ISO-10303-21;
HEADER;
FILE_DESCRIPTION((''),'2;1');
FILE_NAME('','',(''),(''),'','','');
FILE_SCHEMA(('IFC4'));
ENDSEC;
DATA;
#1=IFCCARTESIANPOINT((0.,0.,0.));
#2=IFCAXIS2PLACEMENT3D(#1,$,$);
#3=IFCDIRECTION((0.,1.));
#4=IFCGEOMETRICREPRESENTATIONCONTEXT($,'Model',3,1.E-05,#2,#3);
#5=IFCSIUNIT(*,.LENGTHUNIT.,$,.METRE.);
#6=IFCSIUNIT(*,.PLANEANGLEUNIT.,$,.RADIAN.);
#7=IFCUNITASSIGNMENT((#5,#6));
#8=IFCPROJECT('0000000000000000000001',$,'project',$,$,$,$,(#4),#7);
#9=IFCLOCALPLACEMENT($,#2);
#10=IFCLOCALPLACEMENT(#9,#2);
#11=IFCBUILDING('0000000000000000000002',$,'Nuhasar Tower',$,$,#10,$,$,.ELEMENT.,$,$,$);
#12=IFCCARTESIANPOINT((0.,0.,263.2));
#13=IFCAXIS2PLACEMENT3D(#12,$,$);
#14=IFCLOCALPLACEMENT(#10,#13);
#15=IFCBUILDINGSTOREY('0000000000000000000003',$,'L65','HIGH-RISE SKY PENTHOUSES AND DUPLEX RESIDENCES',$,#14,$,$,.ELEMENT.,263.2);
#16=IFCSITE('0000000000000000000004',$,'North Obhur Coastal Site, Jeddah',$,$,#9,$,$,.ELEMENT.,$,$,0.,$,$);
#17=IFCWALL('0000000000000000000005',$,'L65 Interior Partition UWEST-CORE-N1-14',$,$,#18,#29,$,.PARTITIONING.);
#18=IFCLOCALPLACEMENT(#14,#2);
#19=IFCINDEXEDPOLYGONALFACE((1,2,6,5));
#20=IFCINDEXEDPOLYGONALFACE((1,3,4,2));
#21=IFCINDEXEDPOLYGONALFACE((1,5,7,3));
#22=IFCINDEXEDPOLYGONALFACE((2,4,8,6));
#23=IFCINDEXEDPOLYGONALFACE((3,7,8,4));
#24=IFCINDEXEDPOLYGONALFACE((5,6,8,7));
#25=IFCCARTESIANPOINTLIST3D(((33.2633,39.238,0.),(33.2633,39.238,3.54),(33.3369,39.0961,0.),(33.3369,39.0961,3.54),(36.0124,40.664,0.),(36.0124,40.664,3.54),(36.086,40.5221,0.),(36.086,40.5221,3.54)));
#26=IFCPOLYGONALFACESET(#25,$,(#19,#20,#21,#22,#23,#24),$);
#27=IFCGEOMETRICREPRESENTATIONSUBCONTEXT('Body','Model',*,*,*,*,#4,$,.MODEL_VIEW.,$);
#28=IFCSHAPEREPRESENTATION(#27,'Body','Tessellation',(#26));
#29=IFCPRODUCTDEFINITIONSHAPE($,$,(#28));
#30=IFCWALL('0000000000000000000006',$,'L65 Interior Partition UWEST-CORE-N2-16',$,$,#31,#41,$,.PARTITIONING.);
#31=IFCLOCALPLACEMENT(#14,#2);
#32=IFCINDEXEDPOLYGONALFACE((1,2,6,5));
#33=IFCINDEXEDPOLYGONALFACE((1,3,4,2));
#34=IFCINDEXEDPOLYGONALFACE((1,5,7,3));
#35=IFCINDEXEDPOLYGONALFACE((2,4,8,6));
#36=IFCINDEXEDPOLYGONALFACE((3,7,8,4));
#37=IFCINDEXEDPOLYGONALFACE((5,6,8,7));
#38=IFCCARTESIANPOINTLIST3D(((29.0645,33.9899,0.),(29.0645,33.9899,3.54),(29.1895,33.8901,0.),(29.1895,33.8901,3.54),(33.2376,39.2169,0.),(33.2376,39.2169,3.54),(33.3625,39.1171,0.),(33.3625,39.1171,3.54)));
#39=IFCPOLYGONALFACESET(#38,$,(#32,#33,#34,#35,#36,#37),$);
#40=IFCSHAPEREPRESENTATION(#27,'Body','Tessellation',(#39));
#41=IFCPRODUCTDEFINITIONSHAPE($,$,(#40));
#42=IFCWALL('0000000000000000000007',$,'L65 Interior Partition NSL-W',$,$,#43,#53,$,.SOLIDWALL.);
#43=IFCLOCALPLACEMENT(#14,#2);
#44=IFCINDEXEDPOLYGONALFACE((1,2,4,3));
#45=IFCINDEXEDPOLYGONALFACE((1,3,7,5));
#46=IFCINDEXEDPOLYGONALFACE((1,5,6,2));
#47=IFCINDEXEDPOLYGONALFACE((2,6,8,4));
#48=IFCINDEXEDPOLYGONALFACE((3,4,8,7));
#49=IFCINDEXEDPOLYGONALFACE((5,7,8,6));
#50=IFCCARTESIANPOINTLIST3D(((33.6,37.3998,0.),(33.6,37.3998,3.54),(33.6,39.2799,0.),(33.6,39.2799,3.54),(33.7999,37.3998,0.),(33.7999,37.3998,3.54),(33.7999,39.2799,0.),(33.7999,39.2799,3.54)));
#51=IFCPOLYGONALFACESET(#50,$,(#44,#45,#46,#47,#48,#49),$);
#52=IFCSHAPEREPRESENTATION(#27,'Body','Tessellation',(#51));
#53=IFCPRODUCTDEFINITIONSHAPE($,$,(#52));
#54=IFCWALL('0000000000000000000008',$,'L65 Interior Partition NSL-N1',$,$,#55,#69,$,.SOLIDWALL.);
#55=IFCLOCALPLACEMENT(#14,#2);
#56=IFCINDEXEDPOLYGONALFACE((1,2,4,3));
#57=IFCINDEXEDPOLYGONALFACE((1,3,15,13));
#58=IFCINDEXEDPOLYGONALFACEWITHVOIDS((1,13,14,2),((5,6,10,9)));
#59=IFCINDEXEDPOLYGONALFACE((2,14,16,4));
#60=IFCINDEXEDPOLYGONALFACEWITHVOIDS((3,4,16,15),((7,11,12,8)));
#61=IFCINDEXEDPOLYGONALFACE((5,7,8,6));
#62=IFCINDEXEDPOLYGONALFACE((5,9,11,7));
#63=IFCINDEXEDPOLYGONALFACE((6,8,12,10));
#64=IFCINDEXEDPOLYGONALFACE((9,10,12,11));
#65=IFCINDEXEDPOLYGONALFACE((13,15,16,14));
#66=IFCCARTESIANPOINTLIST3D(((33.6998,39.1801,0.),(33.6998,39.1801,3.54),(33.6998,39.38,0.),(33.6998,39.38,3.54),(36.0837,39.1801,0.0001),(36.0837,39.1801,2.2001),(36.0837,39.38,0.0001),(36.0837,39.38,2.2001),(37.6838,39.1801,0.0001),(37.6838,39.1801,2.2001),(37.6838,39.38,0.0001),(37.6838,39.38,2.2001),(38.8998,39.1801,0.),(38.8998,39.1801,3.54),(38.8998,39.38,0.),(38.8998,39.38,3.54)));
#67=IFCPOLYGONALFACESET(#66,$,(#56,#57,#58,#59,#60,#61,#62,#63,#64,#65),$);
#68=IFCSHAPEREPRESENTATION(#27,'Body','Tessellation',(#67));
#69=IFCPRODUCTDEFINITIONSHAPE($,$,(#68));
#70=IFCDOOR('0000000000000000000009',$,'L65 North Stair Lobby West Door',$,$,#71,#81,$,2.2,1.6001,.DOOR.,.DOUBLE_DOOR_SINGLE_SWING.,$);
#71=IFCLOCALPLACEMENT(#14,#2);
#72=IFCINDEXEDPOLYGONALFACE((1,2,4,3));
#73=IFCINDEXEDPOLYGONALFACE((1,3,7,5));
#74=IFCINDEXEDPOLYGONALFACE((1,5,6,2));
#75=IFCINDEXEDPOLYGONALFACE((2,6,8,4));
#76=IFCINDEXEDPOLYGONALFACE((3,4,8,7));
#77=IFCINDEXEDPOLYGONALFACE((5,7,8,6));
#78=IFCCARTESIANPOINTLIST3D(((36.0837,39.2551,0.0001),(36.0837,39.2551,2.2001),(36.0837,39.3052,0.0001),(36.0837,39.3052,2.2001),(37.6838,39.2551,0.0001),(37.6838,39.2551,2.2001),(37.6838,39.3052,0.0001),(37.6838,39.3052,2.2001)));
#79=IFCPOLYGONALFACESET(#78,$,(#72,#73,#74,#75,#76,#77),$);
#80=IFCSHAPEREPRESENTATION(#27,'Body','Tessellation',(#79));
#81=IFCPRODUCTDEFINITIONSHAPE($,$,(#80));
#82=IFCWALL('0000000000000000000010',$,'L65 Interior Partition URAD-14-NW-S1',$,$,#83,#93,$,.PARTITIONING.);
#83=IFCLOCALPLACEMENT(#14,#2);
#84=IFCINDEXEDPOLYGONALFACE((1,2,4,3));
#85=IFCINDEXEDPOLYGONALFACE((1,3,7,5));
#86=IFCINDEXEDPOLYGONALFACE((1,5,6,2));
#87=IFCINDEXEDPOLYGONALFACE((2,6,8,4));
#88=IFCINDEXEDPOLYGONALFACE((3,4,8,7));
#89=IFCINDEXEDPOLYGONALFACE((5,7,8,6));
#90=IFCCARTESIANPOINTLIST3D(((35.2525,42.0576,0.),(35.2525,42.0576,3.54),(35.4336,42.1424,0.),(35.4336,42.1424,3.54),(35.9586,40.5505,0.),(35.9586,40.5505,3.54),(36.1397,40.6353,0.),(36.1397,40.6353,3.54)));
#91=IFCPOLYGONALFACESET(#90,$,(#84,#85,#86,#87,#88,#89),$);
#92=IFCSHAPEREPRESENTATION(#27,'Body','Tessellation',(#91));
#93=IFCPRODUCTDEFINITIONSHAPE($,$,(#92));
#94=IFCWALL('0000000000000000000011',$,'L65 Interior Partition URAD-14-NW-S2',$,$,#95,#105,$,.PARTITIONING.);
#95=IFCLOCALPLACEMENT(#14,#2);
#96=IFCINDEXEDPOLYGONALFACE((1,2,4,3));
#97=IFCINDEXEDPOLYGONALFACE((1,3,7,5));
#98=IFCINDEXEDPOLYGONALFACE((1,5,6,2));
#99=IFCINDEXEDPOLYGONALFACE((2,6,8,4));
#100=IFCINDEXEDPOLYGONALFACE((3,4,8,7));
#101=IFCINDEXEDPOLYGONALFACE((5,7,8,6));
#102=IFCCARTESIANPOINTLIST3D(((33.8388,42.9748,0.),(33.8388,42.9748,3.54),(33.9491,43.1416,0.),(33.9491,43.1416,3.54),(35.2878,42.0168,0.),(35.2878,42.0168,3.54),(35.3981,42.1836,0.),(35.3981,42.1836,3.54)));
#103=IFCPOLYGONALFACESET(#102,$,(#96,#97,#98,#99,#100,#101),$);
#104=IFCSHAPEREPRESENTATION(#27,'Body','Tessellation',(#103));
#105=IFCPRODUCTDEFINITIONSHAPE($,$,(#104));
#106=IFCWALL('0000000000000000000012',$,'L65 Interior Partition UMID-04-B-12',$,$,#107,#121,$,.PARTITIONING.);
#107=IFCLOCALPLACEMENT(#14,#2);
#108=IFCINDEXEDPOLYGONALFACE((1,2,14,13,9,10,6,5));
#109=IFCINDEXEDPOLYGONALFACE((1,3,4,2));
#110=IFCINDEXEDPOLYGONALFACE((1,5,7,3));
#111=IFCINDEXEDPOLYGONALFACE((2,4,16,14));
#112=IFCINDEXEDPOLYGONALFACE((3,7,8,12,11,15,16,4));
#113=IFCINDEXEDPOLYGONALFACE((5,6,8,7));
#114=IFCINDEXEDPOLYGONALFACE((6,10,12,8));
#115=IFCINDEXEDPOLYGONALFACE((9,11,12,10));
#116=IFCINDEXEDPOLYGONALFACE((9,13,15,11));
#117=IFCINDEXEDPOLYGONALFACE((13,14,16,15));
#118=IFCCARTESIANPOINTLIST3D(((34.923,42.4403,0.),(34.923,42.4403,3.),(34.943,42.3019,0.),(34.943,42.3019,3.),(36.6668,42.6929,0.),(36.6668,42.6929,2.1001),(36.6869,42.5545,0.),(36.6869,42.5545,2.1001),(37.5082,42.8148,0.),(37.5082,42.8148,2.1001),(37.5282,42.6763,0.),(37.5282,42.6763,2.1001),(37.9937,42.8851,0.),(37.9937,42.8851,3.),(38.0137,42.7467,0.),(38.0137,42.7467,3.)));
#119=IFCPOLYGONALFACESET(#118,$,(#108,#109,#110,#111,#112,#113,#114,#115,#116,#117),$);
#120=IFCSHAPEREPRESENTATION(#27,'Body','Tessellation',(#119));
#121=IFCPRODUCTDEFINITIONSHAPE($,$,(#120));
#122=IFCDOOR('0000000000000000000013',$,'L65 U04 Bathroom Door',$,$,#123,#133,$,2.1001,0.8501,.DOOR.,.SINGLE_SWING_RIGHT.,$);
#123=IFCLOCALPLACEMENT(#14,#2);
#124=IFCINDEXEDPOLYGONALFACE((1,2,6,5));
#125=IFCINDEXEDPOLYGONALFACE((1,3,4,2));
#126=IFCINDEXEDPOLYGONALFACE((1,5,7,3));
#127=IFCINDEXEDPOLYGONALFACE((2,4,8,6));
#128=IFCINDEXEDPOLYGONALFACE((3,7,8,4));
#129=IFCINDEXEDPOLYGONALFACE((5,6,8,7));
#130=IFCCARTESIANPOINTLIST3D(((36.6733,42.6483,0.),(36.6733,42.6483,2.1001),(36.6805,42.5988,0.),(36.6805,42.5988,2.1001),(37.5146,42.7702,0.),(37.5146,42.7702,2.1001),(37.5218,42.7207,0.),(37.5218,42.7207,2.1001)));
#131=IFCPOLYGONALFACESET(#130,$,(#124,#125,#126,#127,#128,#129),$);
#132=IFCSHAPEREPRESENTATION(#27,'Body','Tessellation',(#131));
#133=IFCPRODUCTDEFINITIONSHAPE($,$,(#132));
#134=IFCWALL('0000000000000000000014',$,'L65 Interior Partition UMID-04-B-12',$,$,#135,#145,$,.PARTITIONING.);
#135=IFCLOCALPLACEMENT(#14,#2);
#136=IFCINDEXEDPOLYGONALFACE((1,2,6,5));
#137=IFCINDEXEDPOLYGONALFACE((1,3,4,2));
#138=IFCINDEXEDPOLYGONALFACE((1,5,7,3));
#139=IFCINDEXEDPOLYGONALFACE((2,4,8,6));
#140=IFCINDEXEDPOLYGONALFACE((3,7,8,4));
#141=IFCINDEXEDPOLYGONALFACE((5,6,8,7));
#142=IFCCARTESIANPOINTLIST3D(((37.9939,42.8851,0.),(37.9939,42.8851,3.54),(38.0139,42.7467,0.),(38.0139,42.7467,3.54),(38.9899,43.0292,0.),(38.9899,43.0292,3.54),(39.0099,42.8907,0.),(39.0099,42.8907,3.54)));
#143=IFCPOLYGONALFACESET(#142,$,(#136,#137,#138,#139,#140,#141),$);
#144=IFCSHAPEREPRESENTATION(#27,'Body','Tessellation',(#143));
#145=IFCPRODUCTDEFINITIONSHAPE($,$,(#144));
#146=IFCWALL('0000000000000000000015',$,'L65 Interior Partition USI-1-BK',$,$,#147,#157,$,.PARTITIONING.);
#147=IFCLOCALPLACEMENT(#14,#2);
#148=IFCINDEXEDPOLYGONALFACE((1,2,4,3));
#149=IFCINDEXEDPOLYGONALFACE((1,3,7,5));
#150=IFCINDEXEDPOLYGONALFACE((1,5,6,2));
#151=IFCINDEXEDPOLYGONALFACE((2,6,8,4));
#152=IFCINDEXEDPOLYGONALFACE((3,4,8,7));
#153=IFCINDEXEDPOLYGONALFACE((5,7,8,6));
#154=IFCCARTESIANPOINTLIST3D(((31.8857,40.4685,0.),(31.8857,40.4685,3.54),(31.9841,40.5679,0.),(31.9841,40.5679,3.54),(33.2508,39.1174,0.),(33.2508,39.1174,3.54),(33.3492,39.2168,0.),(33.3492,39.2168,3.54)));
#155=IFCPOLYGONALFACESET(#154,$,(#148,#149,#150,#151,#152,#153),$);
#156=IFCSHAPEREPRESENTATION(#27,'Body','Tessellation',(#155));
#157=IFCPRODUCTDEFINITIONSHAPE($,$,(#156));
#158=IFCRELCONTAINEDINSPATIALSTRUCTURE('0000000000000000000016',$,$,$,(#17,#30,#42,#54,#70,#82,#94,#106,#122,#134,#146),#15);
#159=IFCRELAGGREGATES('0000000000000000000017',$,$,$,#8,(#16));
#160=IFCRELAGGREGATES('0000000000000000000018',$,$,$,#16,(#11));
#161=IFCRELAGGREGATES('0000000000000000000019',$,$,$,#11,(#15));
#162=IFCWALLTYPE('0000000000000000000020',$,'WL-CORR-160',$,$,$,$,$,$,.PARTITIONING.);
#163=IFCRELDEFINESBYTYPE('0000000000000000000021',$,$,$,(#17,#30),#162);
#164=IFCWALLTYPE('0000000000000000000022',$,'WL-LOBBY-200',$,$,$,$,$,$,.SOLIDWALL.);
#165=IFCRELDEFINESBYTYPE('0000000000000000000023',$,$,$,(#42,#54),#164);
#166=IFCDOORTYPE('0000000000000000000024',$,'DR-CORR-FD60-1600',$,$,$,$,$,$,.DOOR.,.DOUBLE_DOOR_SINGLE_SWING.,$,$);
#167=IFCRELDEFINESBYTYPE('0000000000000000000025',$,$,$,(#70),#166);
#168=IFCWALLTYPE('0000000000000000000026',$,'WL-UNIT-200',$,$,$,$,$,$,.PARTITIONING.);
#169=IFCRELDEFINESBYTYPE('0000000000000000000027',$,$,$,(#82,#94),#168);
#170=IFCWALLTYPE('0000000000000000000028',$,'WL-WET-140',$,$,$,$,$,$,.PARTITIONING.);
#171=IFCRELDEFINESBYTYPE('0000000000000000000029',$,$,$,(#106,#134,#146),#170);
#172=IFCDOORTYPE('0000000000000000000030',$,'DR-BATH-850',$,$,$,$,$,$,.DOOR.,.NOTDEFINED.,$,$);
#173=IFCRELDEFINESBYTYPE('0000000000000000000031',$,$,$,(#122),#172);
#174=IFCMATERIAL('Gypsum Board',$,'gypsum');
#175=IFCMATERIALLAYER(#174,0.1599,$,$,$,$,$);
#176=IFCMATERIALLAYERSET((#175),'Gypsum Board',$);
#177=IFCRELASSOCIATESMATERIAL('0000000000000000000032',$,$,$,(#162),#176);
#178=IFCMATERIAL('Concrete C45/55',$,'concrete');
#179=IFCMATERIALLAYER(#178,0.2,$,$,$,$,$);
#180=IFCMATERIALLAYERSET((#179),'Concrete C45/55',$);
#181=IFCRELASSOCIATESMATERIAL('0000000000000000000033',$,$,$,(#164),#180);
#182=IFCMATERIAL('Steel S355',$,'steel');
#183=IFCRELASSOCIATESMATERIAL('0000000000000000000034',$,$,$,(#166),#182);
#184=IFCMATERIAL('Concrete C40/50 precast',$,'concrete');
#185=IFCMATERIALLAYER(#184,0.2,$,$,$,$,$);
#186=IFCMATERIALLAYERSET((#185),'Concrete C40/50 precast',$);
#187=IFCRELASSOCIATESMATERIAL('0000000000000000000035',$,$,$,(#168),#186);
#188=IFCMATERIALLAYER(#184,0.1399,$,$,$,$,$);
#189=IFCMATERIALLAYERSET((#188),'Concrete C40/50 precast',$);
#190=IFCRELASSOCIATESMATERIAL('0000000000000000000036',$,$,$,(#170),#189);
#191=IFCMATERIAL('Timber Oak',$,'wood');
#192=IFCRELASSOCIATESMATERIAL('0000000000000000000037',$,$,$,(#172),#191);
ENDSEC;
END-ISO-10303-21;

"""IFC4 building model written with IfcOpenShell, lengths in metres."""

from ifc_helpers import new_model, si_unit, direction, frame, frame_2d, origin, place, context, subcontext, project, spatial, rectangle, extrude, material, layer, layer_set, type_object, element, fill, save


model = new_model("IFC4")

# Units and contexts
model_context = context("Model", 3, precision=1e-05, world=origin(), true_north=direction((0.0, 1.0)))
body_context = subcontext(model_context, "Body", "Model", "MODEL_VIEW")
ifc_project = project(units=[si_unit("LENGTHUNIT", "METRE"), si_unit("PLANEANGLEUNIT", "RADIAN")], contexts=[model_context])

# Site, building, storey
site_placement = place(None, origin())
site = spatial("IfcSite", under=ifc_project, at=site_placement, Name="North Obhur Coastal Site, Jeddah", CompositionType="ELEMENT", RefElevation=0.0)
building_placement = place(site_placement, origin())
building = spatial("IfcBuilding", under=site, at=building_placement, Name="Nuhasar Tower", CompositionType="ELEMENT")
storey_placement = place(building_placement, frame((0.0, 0.0, 263.2)))
storey = spatial("IfcBuildingStorey", under=building, at=storey_placement, Name="L65", Description="HIGH-RISE SKY PENTHOUSES AND DUPLEX RESIDENCES", CompositionType="ELEMENT", Elevation=263.2)

# Shared definitions
ifc_material_1 = material(Name="Steel S355", Category="steel")

# Walls
ifc_material_2 = material(Name="Gypsum Board", Category="gypsum")
ifc_layer_1 = layer(ifc_material_2, 0.1599)
ifc_layer_set_1 = layer_set([ifc_layer_1], Name="Gypsum Board")
wall_type_1 = type_object("IfcWallType", Name="WL-CORR-160", PredefinedType="PARTITIONING", material=ifc_layer_set_1)
wall_1_placement = place(storey_placement, frame((36.0491, 40.593, 0.0), z_axis=(0.0, 0.0, 1.0), x_axis=(-0.887675, -0.460471, 0.0)))
element("IfcWall", 1, at=wall_1_placement, inside=storey, type_object=wall_type_1, Name="L65 Interior Partition UWEST-CORE-N1-14", PredefinedType="PARTITIONING", context=body_context, shape_type="SweptSolid", body=[
    extrude(rectangle(XDim=3.0969, YDim=0.1599, at=frame_2d((1.5483, 0.0))), origin(), (0.0, 0.0, 1.0), 3.54),
])
wall_2_placement = place(storey_placement, frame((33.3, 39.167, 0.0), z_axis=(0.0, 0.0, 1.0), x_axis=(-0.623916, -0.781492, 0.0)))
element("IfcWall", 2, at=wall_2_placement, inside=storey, type_object=wall_type_1, Name="L65 Interior Partition UWEST-CORE-N2-16", PredefinedType="PARTITIONING", context=body_context, shape_type="SweptSolid", body=[
    extrude(rectangle(XDim=6.6885, YDim=0.1599, at=frame_2d((3.3442, 0.0))), origin(), (0.0, 0.0, 1.0), 3.54),
])
ifc_material_3 = material(Name="Concrete C45/55", Category="concrete")
ifc_layer_2 = layer(ifc_material_3, 0.2)
ifc_layer_set_2 = layer_set([ifc_layer_2], Name="Concrete C45/55")
wall_type_2 = type_object("IfcWallType", Name="WL-LOBBY-200", PredefinedType="SOLIDWALL", material=ifc_layer_set_2)
wall_3_placement = place(storey_placement, frame((33.7, 37.3999, 0.0), z_axis=(0.0, 0.0, 1.0), x_axis=(0.0, 1.0, 0.0)))
element("IfcWall", 3, at=wall_3_placement, inside=storey, type_object=wall_type_2, Name="L65 Interior Partition NSL-W", PredefinedType="SOLIDWALL", context=body_context, shape_type="SweptSolid", body=[
    extrude(rectangle(XDim=1.8801, YDim=0.2, at=frame_2d((0.9399, 0.0))), origin(), (0.0, 0.0, 1.0), 3.54),
])

# Wall, opening, door
wall_4_placement = place(storey_placement, frame((38.8999, 39.28, 0.0), z_axis=(0.0, 0.0, 1.0), x_axis=(-1.0, 0.0, 0.0)))
wall_4 = element("IfcWall", 4, at=wall_4_placement, inside=storey, type_object=wall_type_2, Name="L65 Interior Partition NSL-N1", PredefinedType="SOLIDWALL", context=body_context, shape_type="SweptSolid", body=[
    extrude(rectangle(XDim=5.2, YDim=0.2, at=frame_2d((2.6001, 0.0))), origin(), (0.0, 0.0, 1.0), 3.54),
])
opening_1_placement = place(wall_4_placement, frame((1.2161, 0.0, 0.0)))
opening_1 = element("IfcOpeningElement", 5, at=opening_1_placement, cuts=wall_4, PredefinedType="OPENING", context=body_context, shape_type="SweptSolid", body=[
    extrude(rectangle(XDim=1.6001, YDim=2.2, at=frame_2d((0.8, 1.1001))), frame((0.0, 0.1099, 0.0), z_axis=(0.0, -1.0, 0.0), x_axis=(1.0, 0.0, 0.0)), (0.0, 0.0, 1.0), 0.22),
])
door_type_1 = type_object("IfcDoorType", Name="DR-CORR-FD60-1600", OperationType="DOUBLE_DOOR_SINGLE_SWING", PredefinedType="DOOR", material=ifc_material_1)
door_1_placement = place(opening_1_placement, origin())
door_1 = element("IfcDoor", 6, at=door_1_placement, inside=storey, type_object=door_type_1, Name="L65 North Stair Lobby West Door", OperationType="DOUBLE_DOOR_SINGLE_SWING", OverallHeight=2.2, OverallWidth=1.6001, PredefinedType="DOOR", context=body_context, shape_type="SweptSolid", body=[
    extrude(rectangle(XDim=1.6001, YDim=2.2, at=frame_2d((0.8, 1.1001))), frame((0.0, 0.0249, 0.0), z_axis=(0.0, -1.0, 0.0), x_axis=(1.0, 0.0, 0.0)), (0.0, 0.0, 1.0), 0.05),
])
fill(opening_1, door_1)

# Walls
ifc_material_4 = material(Name="Concrete C40/50 precast", Category="concrete")
ifc_layer_3 = layer(ifc_material_4, 0.2)
ifc_layer_set_3 = layer_set([ifc_layer_3], Name="Concrete C40/50 precast")
wall_type_3 = type_object("IfcWallType", Name="WL-UNIT-200", PredefinedType="PARTITIONING", material=ifc_layer_set_3)
wall_5_placement = place(storey_placement, frame((36.0491, 40.593, 0.0), z_axis=(0.0, 0.0, 1.0), x_axis=(-0.424242, 0.905549, 0.0)))
element("IfcWall", 7, at=wall_5_placement, inside=storey, type_object=wall_type_3, Name="L65 Interior Partition URAD-14-NW-S1", PredefinedType="PARTITIONING", context=body_context, shape_type="SweptSolid", body=[
    extrude(rectangle(XDim=1.6643, YDim=0.2, at=frame_2d((0.832, 0.0))), origin(), (0.0, 0.0, 1.0), 3.54),
])
wall_6_placement = place(storey_placement, frame((35.343, 42.1001, 0.0), z_axis=(0.0, 0.0, 1.0), x_axis=(-0.834163, 0.551518, 0.0)))
element("IfcWall", 8, at=wall_6_placement, inside=storey, type_object=wall_type_3, Name="L65 Interior Partition URAD-14-NW-S2", PredefinedType="PARTITIONING", context=body_context, shape_type="SweptSolid", body=[
    extrude(rectangle(XDim=1.7371, YDim=0.2, at=frame_2d((0.8687, 0.0))), origin(), (0.0, 0.0, 1.0), 3.54),
])

# Wall, opening, door
ifc_layer_4 = layer(ifc_material_4, 0.1399)
ifc_layer_set_4 = layer_set([ifc_layer_4], Name="Concrete C40/50 precast")
wall_type_4 = type_object("IfcWallType", Name="WL-WET-140", PredefinedType="PARTITIONING", material=ifc_layer_set_4)
wall_7_placement = place(storey_placement, frame((34.9331, 42.3711, 0.0), z_axis=(0.0, 0.0, 1.0), x_axis=(0.989671, 0.14336, 0.0)))
wall_7 = element("IfcWall", 9, at=wall_7_placement, inside=storey, type_object=wall_type_4, Name="L65 Interior Partition UMID-04-B-12", PredefinedType="PARTITIONING", context=body_context, shape_type="SweptSolid", body=[
    extrude(rectangle(XDim=3.1028, YDim=0.1399, at=frame_2d((1.5513, 0.0))), origin(), (0.0, 0.0, 1.0), 3.0),
])
opening_2_placement = place(wall_7_placement, frame((1.762, 0.0, 0.0)))
opening_2 = element("IfcOpeningElement", 10, at=opening_2_placement, cuts=wall_7, PredefinedType="OPENING", context=body_context, shape_type="SweptSolid", body=[
    extrude(rectangle(XDim=0.8501, YDim=2.1001, at=frame_2d((0.425, 1.05))), frame((0.0, 0.0801, 0.0), z_axis=(0.0, -1.0, 0.0), x_axis=(1.0, 0.0, 0.0)), (0.0, 0.0, 1.0), 0.1599),
])
ifc_material_5 = material(Name="Timber Oak", Category="wood")
door_type_2 = type_object("IfcDoorType", Name="DR-BATH-850", OperationType="NOTDEFINED", PredefinedType="DOOR", material=ifc_material_5)
door_2_placement = place(opening_2_placement, origin())
door_2 = element("IfcDoor", 11, at=door_2_placement, inside=storey, type_object=door_type_2, Name="L65 U04 Bathroom Door", OperationType="SINGLE_SWING_RIGHT", OverallHeight=2.1001, OverallWidth=0.8501, PredefinedType="DOOR", context=body_context, shape_type="SweptSolid", body=[
    extrude(rectangle(XDim=0.8501, YDim=2.1001, at=frame_2d((0.425, 1.05))), frame((0.0, 0.0249, 0.0), z_axis=(0.0, -1.0, 0.0), x_axis=(1.0, 0.0, 0.0)), (0.0, 0.0, 1.0), 0.05),
])
fill(opening_2, door_2)

# Walls
wall_8_placement = place(storey_placement, frame((38.0039, 42.8159, 0.0), z_axis=(0.0, 0.0, 1.0), x_axis=(0.989705, 0.143119, 0.0)))
element("IfcWall", 12, at=wall_8_placement, inside=storey, type_object=wall_type_4, Name="L65 Interior Partition UMID-04-B-12", PredefinedType="PARTITIONING", context=body_context, shape_type="SweptSolid", body=[
    extrude(rectangle(XDim=1.0063, YDim=0.1399, at=frame_2d((0.5032, 0.0))), origin(), (0.0, 0.0, 1.0), 3.54),
])
wall_9_placement = place(storey_placement, frame((33.3, 39.167, 0.0), z_axis=(0.0, 0.0, 1.0), x_axis=(-0.71072, 0.703475, 0.0)))
element("IfcWall", 13, at=wall_9_placement, inside=storey, type_object=wall_type_4, Name="L65 Interior Partition USI-1-BK", PredefinedType="PARTITIONING", context=body_context, shape_type="SweptSolid", body=[
    extrude(rectangle(XDim=1.9207, YDim=0.1399, at=frame_2d((0.9604, 0.0))), origin(), (0.0, 0.0, 1.0), 3.54),
])

save(model, "model.ifc")
